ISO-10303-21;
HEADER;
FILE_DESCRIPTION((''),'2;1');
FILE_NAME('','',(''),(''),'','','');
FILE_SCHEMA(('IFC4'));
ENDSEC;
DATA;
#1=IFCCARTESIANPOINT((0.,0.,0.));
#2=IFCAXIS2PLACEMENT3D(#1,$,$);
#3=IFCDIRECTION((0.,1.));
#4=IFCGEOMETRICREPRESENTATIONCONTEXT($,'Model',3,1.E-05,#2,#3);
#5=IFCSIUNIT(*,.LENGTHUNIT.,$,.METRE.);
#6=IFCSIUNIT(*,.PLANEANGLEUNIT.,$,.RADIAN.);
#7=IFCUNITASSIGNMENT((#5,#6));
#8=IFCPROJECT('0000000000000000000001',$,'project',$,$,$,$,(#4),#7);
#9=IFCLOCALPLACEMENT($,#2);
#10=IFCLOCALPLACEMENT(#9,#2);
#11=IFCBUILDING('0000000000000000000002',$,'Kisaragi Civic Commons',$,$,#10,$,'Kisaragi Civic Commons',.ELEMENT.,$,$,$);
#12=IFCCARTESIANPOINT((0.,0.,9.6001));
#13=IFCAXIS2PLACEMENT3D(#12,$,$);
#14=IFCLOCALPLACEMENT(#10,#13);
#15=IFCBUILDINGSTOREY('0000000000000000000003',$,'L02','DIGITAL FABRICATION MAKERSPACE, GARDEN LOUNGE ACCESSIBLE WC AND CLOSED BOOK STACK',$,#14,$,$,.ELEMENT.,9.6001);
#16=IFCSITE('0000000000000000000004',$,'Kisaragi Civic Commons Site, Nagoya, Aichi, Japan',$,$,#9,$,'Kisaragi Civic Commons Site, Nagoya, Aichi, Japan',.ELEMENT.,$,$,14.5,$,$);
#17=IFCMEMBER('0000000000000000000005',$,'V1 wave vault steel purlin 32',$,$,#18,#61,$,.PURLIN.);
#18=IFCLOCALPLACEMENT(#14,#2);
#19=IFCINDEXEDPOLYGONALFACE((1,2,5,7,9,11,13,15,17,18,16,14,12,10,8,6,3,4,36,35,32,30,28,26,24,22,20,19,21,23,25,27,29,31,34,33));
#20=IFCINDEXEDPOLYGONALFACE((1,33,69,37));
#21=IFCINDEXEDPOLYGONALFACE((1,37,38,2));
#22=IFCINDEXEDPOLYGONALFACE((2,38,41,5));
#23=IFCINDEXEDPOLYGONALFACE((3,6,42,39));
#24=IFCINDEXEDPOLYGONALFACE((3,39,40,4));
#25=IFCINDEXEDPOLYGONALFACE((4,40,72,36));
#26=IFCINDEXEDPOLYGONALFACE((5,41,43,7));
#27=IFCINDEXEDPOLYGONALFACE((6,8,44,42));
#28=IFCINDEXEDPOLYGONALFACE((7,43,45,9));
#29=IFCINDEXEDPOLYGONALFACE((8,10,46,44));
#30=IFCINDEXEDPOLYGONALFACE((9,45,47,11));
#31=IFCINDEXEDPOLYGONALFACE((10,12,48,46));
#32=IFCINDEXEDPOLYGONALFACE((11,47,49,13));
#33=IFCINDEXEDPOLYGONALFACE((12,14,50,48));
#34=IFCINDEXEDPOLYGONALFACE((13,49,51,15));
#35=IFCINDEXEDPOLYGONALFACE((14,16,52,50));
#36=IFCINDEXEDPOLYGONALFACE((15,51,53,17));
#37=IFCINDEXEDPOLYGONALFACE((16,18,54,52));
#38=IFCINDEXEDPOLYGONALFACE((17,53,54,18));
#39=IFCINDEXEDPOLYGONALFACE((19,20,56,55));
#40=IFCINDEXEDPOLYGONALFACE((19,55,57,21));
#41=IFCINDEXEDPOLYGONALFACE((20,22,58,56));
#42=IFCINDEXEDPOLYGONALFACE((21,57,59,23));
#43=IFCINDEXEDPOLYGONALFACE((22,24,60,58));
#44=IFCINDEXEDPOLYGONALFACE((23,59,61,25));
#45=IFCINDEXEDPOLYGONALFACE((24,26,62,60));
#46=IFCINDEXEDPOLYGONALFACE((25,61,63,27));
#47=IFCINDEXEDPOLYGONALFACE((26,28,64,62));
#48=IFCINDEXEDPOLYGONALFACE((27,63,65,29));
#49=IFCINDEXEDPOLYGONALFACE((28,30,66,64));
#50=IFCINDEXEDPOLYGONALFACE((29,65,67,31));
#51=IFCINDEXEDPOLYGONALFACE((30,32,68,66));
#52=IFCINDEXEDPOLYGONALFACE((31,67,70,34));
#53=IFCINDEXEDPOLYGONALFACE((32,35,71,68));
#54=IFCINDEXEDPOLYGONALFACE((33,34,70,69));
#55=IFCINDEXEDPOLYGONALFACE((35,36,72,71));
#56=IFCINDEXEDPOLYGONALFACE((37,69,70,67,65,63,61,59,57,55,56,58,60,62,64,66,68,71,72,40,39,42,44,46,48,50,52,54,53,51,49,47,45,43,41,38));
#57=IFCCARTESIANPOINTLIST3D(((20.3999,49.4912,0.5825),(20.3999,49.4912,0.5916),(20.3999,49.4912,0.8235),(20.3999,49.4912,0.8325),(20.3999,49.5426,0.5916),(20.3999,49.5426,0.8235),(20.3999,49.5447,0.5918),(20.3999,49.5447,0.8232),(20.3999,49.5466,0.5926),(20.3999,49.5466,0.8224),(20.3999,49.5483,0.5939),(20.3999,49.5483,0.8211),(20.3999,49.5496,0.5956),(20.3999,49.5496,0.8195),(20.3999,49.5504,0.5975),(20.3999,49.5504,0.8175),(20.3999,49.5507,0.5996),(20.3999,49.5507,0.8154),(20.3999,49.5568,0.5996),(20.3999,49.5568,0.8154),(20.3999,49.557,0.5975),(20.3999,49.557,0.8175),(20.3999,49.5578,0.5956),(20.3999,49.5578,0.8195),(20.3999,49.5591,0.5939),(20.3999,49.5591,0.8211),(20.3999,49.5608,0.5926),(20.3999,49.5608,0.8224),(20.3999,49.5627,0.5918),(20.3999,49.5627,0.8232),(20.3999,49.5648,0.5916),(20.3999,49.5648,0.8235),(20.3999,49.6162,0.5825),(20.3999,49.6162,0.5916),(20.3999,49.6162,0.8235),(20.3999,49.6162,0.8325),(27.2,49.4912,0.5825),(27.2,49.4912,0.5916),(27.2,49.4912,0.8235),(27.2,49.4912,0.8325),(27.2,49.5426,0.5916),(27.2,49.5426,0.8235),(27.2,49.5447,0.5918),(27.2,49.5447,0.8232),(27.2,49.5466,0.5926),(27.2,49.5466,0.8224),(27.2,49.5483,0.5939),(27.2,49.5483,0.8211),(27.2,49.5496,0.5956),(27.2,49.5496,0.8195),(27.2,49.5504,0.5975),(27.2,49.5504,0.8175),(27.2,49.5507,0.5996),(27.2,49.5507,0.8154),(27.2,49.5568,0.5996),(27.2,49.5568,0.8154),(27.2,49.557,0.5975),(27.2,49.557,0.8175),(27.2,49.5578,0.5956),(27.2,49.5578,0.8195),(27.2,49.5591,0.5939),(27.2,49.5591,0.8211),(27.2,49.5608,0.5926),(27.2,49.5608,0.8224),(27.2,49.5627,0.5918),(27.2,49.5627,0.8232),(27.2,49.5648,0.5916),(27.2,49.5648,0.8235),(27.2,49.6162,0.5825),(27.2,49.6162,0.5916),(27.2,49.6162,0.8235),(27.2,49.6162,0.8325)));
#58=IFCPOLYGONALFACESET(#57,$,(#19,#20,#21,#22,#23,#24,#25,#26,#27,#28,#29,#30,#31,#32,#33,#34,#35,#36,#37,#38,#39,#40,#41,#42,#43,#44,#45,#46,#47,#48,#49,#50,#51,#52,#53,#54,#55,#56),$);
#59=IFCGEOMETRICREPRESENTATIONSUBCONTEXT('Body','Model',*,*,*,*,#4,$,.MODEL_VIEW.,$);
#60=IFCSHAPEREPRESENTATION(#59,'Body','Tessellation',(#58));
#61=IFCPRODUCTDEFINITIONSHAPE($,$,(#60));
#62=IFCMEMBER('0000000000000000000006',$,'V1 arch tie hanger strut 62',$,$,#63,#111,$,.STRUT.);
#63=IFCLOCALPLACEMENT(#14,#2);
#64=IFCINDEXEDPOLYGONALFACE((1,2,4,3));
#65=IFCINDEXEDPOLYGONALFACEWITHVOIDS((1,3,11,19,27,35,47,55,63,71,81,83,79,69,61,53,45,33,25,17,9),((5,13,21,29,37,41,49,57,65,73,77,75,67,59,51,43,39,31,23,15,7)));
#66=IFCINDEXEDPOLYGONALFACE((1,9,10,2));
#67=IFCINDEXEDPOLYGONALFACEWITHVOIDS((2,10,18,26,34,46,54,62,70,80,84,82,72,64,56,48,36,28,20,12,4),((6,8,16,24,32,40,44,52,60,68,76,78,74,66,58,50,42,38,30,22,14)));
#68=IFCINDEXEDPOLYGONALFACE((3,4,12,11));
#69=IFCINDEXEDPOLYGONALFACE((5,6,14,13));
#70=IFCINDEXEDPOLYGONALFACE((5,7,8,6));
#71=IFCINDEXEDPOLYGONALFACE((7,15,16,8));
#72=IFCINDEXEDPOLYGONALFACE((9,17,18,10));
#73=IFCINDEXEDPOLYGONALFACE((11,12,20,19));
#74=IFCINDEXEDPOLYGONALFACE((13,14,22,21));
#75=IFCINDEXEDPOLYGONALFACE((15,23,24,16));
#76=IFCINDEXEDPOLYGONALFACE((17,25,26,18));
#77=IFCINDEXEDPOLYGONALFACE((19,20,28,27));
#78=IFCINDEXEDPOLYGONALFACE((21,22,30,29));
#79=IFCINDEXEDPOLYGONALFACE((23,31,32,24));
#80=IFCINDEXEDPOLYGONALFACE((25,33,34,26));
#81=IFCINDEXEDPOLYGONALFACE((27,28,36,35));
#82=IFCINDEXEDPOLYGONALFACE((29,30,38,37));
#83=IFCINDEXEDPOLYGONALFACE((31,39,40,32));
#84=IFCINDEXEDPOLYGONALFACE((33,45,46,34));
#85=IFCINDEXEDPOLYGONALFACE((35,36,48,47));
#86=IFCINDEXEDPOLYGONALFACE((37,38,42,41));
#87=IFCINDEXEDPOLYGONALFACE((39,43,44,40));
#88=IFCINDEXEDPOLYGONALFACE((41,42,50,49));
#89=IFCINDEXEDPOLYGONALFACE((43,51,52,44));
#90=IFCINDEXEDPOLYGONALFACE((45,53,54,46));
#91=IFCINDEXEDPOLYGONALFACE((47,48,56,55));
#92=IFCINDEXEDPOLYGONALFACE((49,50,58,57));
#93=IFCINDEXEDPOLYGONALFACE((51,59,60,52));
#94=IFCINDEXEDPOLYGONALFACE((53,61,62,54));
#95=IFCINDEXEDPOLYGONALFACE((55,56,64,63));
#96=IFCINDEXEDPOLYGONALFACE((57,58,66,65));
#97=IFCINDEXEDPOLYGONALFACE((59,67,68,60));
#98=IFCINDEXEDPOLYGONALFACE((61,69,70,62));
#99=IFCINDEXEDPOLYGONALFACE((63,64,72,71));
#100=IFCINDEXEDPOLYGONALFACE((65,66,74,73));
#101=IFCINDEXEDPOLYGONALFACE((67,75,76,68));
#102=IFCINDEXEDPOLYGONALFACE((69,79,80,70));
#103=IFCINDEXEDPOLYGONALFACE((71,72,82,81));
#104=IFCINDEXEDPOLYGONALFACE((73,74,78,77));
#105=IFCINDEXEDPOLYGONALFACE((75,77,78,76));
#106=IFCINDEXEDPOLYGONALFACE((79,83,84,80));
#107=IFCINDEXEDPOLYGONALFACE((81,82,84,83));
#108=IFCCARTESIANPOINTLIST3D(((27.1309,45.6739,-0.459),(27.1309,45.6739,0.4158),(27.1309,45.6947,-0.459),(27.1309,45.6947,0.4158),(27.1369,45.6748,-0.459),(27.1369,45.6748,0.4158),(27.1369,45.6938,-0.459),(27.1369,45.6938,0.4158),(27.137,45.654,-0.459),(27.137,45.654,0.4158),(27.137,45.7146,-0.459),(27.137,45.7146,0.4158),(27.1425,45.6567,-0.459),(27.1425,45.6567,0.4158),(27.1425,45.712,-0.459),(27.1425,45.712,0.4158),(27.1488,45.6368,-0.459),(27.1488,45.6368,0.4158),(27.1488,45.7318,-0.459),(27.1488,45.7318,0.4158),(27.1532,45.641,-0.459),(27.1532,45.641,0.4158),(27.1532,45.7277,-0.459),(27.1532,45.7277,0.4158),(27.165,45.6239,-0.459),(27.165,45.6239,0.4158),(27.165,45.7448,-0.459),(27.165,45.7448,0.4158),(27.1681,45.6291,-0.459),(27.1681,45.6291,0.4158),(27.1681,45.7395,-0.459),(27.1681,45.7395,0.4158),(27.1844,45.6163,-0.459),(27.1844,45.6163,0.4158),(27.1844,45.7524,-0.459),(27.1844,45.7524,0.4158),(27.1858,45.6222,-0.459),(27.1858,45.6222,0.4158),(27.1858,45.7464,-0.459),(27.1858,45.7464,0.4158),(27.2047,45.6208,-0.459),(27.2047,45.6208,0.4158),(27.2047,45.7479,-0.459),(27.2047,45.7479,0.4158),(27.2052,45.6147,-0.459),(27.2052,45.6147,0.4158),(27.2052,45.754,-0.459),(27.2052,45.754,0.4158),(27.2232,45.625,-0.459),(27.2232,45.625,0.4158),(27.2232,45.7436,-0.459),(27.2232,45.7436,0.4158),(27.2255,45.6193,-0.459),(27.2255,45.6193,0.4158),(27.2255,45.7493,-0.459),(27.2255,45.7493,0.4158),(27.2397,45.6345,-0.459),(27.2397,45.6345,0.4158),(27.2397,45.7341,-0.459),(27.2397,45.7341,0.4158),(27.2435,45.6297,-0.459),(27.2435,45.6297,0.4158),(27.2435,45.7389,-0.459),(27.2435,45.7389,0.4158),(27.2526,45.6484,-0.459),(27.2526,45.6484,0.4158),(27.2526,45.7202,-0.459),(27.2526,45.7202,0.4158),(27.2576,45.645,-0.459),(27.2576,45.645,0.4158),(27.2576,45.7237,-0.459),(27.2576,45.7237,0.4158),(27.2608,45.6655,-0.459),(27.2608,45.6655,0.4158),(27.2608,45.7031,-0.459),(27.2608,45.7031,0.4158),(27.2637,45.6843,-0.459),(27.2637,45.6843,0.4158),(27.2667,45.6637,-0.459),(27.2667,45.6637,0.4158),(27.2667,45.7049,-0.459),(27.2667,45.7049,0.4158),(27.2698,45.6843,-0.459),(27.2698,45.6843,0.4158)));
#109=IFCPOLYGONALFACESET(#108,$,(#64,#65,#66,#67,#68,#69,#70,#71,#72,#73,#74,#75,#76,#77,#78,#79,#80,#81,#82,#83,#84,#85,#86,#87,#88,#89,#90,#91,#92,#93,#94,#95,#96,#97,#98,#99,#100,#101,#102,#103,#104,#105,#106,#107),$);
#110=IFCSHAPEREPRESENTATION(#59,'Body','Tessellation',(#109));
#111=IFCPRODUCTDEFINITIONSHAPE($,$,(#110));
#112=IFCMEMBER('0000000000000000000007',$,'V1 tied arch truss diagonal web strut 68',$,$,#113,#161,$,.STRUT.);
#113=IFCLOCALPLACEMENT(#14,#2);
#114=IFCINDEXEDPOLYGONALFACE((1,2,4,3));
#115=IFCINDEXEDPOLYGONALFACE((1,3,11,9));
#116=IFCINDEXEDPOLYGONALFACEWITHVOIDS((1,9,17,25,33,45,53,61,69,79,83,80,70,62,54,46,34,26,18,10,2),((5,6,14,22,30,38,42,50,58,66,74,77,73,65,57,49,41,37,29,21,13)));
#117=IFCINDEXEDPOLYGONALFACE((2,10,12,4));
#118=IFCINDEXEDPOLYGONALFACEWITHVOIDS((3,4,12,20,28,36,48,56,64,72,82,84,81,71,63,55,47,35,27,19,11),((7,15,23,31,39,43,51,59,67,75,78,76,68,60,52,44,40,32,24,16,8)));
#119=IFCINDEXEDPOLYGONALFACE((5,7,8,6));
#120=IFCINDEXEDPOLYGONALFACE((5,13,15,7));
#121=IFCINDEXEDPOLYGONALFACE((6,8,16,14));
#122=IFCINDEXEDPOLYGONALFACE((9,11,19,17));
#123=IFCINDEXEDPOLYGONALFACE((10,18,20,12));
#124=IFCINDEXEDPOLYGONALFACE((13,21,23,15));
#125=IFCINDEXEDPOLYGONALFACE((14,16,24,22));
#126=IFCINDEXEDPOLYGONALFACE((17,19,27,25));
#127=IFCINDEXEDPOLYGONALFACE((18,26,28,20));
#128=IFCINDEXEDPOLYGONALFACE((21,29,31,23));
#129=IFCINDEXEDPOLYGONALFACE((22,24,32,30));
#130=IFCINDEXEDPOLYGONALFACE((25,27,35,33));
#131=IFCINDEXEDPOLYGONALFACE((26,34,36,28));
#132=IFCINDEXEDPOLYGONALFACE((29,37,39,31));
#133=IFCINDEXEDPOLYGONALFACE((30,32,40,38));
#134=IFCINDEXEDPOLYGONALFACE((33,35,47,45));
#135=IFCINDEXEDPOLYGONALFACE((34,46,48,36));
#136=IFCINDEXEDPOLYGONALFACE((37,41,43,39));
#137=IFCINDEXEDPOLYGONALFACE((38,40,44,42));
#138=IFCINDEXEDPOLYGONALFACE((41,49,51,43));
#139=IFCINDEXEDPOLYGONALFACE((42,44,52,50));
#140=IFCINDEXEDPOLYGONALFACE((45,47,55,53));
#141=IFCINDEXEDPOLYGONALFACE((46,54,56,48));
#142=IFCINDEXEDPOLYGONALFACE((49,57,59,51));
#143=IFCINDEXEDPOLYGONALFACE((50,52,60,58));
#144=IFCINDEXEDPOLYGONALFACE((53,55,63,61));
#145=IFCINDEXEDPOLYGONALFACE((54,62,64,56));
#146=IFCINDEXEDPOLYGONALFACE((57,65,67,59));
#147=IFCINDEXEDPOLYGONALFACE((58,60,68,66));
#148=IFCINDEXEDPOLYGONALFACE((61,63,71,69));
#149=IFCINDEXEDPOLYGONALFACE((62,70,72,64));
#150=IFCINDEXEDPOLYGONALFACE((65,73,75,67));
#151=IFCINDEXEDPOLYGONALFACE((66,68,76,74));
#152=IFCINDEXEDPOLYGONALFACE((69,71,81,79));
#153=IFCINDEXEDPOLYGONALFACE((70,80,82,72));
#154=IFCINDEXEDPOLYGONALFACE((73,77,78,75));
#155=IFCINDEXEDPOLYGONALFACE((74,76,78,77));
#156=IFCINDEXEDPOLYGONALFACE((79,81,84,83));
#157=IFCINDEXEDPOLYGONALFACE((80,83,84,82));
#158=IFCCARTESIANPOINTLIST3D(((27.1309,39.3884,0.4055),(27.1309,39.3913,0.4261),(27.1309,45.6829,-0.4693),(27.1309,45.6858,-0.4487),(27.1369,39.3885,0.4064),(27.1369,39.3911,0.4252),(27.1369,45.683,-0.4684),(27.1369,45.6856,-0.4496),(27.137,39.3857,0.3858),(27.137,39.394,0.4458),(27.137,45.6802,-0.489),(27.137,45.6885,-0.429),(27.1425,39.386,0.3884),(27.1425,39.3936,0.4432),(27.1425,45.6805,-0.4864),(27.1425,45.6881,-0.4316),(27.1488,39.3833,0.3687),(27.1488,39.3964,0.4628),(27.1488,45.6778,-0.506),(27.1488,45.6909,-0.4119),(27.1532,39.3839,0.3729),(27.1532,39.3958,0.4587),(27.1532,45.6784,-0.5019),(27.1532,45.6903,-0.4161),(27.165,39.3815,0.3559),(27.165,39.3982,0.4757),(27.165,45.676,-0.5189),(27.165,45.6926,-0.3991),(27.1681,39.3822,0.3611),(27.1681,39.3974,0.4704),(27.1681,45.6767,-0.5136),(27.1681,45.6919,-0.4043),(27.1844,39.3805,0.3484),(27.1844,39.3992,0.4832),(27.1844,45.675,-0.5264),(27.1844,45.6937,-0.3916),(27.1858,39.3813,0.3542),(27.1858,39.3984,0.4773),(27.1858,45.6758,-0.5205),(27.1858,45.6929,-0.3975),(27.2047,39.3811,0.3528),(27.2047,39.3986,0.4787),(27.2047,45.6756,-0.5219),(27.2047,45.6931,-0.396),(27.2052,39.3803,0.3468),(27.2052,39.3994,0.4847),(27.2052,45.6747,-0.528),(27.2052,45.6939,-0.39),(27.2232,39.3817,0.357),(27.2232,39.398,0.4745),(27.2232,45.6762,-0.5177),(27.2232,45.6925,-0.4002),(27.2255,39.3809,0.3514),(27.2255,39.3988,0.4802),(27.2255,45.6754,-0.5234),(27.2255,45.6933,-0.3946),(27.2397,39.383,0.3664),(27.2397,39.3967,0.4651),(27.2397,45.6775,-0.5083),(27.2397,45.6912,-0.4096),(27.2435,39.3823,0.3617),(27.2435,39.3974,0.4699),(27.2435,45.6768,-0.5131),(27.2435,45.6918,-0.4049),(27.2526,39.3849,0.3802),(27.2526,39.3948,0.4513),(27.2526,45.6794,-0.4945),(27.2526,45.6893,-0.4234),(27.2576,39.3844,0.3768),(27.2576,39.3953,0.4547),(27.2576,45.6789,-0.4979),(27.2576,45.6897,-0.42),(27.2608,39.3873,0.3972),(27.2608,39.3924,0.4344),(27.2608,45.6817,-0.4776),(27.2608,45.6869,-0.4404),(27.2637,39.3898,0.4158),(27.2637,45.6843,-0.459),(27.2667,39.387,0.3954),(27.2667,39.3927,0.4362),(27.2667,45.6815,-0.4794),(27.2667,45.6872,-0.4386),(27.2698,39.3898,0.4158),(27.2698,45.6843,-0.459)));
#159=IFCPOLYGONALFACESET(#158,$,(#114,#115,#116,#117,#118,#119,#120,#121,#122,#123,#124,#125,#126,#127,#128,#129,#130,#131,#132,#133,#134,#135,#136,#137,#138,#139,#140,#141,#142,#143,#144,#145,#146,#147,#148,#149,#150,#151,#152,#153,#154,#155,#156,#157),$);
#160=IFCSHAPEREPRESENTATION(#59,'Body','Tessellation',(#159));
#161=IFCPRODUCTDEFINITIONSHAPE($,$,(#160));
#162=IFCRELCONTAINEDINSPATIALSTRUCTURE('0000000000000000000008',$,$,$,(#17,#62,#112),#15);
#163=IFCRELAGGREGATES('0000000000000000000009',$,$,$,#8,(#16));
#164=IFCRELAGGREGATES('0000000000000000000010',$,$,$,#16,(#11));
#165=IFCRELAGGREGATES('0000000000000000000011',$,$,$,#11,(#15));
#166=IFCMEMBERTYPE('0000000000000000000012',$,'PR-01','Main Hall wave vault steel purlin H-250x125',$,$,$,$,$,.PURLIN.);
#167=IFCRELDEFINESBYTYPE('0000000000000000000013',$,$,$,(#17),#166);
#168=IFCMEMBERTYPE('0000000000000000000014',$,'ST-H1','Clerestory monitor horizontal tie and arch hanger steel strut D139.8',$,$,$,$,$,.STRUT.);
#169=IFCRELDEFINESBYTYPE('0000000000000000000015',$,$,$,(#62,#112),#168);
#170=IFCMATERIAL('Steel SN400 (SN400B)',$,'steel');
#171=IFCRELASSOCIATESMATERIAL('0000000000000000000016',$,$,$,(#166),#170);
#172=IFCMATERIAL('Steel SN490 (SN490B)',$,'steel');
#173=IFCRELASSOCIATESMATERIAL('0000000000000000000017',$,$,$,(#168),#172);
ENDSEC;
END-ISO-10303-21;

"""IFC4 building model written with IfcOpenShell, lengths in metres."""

from ifc_helpers import new_model, si_unit, direction, frame, origin, origin_2d, place, context, subcontext, project, spatial, hollow_circle, i_section, extrude, material, material_profile, profile_set, type_object, element, save


model = new_model("IFC4")

# Units and contexts
model_context = context("Model", 3, precision=1e-05, world=origin(), true_north=direction((0.0, 1.0)))
body_context = subcontext(model_context, "Body", "Model", "MODEL_VIEW")
ifc_project = project(units=[si_unit("LENGTHUNIT", "METRE"), si_unit("PLANEANGLEUNIT", "RADIAN")], contexts=[model_context])

# Site, building, storey
site_placement = place(None, origin())
site = spatial("IfcSite", under=ifc_project, at=site_placement, Name="Kisaragi Civic Commons Site, Nagoya, Aichi, Japan", LongName="Kisaragi Civic Commons Site, Nagoya, Aichi, Japan", CompositionType="ELEMENT", RefElevation=14.5)
building_placement = place(site_placement, origin())
building = spatial("IfcBuilding", under=site, at=building_placement, Name="Kisaragi Civic Commons", LongName="Kisaragi Civic Commons", CompositionType="ELEMENT")
storey_placement = place(building_placement, frame((0.0, 0.0, 9.6001)))
storey = spatial("IfcBuildingStorey", under=building, at=storey_placement, Name="L02", Description="DIGITAL FABRICATION MAKERSPACE, GARDEN LOUNGE ACCESSIBLE WC AND CLOSED BOOK STACK", CompositionType="ELEMENT", Elevation=9.6001)

# Shared definitions
ifc_material_1 = material(Name="Steel SN400 (SN400B)", Category="steel")

# Members
ifc_material_2 = material(Name="Steel SN490 (SN490B)", Category="steel")
ifc_material_profile_1 = material_profile(ifc_material_1, i_section(OverallWidth=0.125, OverallDepth=0.25, WebThickness=0.0061, FlangeThickness=0.009, FilletRadius=0.0081, at=origin_2d()), Name="H-250x125x6x9", Category="steel")
ifc_profile_set_1 = profile_set([ifc_material_profile_1], Name="Steel SN400 (SN400B)")
member_type_1 = type_object("IfcMemberType", Name="PR-01", Description="Main Hall wave vault steel purlin H-250x125", PredefinedType="PURLIN", material=ifc_profile_set_1)
member_1_placement = place(storey_placement, frame((20.3999, 49.5537, 0.7075), z_axis=(1.0, 0.0, 0.0), x_axis=(0.0, 1.0, 0.0)))
element("IfcMember", 1, at=member_1_placement, inside=storey, type_object=member_type_1, Name="V1 wave vault steel purlin 32", PredefinedType="PURLIN", context=body_context, shape_type="SweptSolid", body=[
    extrude(i_section(OverallWidth=0.125, OverallDepth=0.25, WebThickness=0.0061, FlangeThickness=0.009, FilletRadius=0.0081, at=origin_2d()), origin(), (0.0, 0.0, 1.0), 6.8),
])
ifc_material_profile_2 = material_profile(ifc_material_2, hollow_circle(Radius=0.0698, WallThickness=0.0061, at=origin_2d()), Name="CHS-139.8x6.0", Category="steel")
ifc_profile_set_2 = profile_set([ifc_material_profile_2], Name="Steel SN490 (SN490B)")
member_type_2 = type_object("IfcMemberType", Name="ST-H1", Description="Clerestory monitor horizontal tie and arch hanger steel strut D139.8", PredefinedType="STRUT", material=ifc_profile_set_2)
member_2_placement = place(storey_placement, frame((27.2, 45.6843, -0.459), z_axis=(0.0, 0.0, 1.0), x_axis=(1.0, 0.0, 0.0)))
element("IfcMember", 2, at=member_2_placement, inside=storey, type_object=member_type_2, Name="V1 arch tie hanger strut 62", PredefinedType="STRUT", context=body_context, shape_type="SweptSolid", body=[
    extrude(hollow_circle(Radius=0.0698, WallThickness=0.0061, at=origin_2d()), origin(), (0.0, 0.0, 1.0), 0.8748),
])
member_3_placement = place(storey_placement, frame((27.2, 45.6843, -0.459), z_axis=(0.0, -0.990481, 0.13765), x_axis=(1.0, 0.0, 0.0)))
element("IfcMember", 3, at=member_3_placement, inside=storey, type_object=member_type_2, Name="V1 tied arch truss diagonal web strut 68", PredefinedType="STRUT", context=body_context, shape_type="SweptSolid", body=[
    extrude(hollow_circle(Radius=0.0698, WallThickness=0.0061, at=origin_2d()), origin(), (0.0, 0.0, 1.0), 6.355),
])

save(model, "model.ifc")
